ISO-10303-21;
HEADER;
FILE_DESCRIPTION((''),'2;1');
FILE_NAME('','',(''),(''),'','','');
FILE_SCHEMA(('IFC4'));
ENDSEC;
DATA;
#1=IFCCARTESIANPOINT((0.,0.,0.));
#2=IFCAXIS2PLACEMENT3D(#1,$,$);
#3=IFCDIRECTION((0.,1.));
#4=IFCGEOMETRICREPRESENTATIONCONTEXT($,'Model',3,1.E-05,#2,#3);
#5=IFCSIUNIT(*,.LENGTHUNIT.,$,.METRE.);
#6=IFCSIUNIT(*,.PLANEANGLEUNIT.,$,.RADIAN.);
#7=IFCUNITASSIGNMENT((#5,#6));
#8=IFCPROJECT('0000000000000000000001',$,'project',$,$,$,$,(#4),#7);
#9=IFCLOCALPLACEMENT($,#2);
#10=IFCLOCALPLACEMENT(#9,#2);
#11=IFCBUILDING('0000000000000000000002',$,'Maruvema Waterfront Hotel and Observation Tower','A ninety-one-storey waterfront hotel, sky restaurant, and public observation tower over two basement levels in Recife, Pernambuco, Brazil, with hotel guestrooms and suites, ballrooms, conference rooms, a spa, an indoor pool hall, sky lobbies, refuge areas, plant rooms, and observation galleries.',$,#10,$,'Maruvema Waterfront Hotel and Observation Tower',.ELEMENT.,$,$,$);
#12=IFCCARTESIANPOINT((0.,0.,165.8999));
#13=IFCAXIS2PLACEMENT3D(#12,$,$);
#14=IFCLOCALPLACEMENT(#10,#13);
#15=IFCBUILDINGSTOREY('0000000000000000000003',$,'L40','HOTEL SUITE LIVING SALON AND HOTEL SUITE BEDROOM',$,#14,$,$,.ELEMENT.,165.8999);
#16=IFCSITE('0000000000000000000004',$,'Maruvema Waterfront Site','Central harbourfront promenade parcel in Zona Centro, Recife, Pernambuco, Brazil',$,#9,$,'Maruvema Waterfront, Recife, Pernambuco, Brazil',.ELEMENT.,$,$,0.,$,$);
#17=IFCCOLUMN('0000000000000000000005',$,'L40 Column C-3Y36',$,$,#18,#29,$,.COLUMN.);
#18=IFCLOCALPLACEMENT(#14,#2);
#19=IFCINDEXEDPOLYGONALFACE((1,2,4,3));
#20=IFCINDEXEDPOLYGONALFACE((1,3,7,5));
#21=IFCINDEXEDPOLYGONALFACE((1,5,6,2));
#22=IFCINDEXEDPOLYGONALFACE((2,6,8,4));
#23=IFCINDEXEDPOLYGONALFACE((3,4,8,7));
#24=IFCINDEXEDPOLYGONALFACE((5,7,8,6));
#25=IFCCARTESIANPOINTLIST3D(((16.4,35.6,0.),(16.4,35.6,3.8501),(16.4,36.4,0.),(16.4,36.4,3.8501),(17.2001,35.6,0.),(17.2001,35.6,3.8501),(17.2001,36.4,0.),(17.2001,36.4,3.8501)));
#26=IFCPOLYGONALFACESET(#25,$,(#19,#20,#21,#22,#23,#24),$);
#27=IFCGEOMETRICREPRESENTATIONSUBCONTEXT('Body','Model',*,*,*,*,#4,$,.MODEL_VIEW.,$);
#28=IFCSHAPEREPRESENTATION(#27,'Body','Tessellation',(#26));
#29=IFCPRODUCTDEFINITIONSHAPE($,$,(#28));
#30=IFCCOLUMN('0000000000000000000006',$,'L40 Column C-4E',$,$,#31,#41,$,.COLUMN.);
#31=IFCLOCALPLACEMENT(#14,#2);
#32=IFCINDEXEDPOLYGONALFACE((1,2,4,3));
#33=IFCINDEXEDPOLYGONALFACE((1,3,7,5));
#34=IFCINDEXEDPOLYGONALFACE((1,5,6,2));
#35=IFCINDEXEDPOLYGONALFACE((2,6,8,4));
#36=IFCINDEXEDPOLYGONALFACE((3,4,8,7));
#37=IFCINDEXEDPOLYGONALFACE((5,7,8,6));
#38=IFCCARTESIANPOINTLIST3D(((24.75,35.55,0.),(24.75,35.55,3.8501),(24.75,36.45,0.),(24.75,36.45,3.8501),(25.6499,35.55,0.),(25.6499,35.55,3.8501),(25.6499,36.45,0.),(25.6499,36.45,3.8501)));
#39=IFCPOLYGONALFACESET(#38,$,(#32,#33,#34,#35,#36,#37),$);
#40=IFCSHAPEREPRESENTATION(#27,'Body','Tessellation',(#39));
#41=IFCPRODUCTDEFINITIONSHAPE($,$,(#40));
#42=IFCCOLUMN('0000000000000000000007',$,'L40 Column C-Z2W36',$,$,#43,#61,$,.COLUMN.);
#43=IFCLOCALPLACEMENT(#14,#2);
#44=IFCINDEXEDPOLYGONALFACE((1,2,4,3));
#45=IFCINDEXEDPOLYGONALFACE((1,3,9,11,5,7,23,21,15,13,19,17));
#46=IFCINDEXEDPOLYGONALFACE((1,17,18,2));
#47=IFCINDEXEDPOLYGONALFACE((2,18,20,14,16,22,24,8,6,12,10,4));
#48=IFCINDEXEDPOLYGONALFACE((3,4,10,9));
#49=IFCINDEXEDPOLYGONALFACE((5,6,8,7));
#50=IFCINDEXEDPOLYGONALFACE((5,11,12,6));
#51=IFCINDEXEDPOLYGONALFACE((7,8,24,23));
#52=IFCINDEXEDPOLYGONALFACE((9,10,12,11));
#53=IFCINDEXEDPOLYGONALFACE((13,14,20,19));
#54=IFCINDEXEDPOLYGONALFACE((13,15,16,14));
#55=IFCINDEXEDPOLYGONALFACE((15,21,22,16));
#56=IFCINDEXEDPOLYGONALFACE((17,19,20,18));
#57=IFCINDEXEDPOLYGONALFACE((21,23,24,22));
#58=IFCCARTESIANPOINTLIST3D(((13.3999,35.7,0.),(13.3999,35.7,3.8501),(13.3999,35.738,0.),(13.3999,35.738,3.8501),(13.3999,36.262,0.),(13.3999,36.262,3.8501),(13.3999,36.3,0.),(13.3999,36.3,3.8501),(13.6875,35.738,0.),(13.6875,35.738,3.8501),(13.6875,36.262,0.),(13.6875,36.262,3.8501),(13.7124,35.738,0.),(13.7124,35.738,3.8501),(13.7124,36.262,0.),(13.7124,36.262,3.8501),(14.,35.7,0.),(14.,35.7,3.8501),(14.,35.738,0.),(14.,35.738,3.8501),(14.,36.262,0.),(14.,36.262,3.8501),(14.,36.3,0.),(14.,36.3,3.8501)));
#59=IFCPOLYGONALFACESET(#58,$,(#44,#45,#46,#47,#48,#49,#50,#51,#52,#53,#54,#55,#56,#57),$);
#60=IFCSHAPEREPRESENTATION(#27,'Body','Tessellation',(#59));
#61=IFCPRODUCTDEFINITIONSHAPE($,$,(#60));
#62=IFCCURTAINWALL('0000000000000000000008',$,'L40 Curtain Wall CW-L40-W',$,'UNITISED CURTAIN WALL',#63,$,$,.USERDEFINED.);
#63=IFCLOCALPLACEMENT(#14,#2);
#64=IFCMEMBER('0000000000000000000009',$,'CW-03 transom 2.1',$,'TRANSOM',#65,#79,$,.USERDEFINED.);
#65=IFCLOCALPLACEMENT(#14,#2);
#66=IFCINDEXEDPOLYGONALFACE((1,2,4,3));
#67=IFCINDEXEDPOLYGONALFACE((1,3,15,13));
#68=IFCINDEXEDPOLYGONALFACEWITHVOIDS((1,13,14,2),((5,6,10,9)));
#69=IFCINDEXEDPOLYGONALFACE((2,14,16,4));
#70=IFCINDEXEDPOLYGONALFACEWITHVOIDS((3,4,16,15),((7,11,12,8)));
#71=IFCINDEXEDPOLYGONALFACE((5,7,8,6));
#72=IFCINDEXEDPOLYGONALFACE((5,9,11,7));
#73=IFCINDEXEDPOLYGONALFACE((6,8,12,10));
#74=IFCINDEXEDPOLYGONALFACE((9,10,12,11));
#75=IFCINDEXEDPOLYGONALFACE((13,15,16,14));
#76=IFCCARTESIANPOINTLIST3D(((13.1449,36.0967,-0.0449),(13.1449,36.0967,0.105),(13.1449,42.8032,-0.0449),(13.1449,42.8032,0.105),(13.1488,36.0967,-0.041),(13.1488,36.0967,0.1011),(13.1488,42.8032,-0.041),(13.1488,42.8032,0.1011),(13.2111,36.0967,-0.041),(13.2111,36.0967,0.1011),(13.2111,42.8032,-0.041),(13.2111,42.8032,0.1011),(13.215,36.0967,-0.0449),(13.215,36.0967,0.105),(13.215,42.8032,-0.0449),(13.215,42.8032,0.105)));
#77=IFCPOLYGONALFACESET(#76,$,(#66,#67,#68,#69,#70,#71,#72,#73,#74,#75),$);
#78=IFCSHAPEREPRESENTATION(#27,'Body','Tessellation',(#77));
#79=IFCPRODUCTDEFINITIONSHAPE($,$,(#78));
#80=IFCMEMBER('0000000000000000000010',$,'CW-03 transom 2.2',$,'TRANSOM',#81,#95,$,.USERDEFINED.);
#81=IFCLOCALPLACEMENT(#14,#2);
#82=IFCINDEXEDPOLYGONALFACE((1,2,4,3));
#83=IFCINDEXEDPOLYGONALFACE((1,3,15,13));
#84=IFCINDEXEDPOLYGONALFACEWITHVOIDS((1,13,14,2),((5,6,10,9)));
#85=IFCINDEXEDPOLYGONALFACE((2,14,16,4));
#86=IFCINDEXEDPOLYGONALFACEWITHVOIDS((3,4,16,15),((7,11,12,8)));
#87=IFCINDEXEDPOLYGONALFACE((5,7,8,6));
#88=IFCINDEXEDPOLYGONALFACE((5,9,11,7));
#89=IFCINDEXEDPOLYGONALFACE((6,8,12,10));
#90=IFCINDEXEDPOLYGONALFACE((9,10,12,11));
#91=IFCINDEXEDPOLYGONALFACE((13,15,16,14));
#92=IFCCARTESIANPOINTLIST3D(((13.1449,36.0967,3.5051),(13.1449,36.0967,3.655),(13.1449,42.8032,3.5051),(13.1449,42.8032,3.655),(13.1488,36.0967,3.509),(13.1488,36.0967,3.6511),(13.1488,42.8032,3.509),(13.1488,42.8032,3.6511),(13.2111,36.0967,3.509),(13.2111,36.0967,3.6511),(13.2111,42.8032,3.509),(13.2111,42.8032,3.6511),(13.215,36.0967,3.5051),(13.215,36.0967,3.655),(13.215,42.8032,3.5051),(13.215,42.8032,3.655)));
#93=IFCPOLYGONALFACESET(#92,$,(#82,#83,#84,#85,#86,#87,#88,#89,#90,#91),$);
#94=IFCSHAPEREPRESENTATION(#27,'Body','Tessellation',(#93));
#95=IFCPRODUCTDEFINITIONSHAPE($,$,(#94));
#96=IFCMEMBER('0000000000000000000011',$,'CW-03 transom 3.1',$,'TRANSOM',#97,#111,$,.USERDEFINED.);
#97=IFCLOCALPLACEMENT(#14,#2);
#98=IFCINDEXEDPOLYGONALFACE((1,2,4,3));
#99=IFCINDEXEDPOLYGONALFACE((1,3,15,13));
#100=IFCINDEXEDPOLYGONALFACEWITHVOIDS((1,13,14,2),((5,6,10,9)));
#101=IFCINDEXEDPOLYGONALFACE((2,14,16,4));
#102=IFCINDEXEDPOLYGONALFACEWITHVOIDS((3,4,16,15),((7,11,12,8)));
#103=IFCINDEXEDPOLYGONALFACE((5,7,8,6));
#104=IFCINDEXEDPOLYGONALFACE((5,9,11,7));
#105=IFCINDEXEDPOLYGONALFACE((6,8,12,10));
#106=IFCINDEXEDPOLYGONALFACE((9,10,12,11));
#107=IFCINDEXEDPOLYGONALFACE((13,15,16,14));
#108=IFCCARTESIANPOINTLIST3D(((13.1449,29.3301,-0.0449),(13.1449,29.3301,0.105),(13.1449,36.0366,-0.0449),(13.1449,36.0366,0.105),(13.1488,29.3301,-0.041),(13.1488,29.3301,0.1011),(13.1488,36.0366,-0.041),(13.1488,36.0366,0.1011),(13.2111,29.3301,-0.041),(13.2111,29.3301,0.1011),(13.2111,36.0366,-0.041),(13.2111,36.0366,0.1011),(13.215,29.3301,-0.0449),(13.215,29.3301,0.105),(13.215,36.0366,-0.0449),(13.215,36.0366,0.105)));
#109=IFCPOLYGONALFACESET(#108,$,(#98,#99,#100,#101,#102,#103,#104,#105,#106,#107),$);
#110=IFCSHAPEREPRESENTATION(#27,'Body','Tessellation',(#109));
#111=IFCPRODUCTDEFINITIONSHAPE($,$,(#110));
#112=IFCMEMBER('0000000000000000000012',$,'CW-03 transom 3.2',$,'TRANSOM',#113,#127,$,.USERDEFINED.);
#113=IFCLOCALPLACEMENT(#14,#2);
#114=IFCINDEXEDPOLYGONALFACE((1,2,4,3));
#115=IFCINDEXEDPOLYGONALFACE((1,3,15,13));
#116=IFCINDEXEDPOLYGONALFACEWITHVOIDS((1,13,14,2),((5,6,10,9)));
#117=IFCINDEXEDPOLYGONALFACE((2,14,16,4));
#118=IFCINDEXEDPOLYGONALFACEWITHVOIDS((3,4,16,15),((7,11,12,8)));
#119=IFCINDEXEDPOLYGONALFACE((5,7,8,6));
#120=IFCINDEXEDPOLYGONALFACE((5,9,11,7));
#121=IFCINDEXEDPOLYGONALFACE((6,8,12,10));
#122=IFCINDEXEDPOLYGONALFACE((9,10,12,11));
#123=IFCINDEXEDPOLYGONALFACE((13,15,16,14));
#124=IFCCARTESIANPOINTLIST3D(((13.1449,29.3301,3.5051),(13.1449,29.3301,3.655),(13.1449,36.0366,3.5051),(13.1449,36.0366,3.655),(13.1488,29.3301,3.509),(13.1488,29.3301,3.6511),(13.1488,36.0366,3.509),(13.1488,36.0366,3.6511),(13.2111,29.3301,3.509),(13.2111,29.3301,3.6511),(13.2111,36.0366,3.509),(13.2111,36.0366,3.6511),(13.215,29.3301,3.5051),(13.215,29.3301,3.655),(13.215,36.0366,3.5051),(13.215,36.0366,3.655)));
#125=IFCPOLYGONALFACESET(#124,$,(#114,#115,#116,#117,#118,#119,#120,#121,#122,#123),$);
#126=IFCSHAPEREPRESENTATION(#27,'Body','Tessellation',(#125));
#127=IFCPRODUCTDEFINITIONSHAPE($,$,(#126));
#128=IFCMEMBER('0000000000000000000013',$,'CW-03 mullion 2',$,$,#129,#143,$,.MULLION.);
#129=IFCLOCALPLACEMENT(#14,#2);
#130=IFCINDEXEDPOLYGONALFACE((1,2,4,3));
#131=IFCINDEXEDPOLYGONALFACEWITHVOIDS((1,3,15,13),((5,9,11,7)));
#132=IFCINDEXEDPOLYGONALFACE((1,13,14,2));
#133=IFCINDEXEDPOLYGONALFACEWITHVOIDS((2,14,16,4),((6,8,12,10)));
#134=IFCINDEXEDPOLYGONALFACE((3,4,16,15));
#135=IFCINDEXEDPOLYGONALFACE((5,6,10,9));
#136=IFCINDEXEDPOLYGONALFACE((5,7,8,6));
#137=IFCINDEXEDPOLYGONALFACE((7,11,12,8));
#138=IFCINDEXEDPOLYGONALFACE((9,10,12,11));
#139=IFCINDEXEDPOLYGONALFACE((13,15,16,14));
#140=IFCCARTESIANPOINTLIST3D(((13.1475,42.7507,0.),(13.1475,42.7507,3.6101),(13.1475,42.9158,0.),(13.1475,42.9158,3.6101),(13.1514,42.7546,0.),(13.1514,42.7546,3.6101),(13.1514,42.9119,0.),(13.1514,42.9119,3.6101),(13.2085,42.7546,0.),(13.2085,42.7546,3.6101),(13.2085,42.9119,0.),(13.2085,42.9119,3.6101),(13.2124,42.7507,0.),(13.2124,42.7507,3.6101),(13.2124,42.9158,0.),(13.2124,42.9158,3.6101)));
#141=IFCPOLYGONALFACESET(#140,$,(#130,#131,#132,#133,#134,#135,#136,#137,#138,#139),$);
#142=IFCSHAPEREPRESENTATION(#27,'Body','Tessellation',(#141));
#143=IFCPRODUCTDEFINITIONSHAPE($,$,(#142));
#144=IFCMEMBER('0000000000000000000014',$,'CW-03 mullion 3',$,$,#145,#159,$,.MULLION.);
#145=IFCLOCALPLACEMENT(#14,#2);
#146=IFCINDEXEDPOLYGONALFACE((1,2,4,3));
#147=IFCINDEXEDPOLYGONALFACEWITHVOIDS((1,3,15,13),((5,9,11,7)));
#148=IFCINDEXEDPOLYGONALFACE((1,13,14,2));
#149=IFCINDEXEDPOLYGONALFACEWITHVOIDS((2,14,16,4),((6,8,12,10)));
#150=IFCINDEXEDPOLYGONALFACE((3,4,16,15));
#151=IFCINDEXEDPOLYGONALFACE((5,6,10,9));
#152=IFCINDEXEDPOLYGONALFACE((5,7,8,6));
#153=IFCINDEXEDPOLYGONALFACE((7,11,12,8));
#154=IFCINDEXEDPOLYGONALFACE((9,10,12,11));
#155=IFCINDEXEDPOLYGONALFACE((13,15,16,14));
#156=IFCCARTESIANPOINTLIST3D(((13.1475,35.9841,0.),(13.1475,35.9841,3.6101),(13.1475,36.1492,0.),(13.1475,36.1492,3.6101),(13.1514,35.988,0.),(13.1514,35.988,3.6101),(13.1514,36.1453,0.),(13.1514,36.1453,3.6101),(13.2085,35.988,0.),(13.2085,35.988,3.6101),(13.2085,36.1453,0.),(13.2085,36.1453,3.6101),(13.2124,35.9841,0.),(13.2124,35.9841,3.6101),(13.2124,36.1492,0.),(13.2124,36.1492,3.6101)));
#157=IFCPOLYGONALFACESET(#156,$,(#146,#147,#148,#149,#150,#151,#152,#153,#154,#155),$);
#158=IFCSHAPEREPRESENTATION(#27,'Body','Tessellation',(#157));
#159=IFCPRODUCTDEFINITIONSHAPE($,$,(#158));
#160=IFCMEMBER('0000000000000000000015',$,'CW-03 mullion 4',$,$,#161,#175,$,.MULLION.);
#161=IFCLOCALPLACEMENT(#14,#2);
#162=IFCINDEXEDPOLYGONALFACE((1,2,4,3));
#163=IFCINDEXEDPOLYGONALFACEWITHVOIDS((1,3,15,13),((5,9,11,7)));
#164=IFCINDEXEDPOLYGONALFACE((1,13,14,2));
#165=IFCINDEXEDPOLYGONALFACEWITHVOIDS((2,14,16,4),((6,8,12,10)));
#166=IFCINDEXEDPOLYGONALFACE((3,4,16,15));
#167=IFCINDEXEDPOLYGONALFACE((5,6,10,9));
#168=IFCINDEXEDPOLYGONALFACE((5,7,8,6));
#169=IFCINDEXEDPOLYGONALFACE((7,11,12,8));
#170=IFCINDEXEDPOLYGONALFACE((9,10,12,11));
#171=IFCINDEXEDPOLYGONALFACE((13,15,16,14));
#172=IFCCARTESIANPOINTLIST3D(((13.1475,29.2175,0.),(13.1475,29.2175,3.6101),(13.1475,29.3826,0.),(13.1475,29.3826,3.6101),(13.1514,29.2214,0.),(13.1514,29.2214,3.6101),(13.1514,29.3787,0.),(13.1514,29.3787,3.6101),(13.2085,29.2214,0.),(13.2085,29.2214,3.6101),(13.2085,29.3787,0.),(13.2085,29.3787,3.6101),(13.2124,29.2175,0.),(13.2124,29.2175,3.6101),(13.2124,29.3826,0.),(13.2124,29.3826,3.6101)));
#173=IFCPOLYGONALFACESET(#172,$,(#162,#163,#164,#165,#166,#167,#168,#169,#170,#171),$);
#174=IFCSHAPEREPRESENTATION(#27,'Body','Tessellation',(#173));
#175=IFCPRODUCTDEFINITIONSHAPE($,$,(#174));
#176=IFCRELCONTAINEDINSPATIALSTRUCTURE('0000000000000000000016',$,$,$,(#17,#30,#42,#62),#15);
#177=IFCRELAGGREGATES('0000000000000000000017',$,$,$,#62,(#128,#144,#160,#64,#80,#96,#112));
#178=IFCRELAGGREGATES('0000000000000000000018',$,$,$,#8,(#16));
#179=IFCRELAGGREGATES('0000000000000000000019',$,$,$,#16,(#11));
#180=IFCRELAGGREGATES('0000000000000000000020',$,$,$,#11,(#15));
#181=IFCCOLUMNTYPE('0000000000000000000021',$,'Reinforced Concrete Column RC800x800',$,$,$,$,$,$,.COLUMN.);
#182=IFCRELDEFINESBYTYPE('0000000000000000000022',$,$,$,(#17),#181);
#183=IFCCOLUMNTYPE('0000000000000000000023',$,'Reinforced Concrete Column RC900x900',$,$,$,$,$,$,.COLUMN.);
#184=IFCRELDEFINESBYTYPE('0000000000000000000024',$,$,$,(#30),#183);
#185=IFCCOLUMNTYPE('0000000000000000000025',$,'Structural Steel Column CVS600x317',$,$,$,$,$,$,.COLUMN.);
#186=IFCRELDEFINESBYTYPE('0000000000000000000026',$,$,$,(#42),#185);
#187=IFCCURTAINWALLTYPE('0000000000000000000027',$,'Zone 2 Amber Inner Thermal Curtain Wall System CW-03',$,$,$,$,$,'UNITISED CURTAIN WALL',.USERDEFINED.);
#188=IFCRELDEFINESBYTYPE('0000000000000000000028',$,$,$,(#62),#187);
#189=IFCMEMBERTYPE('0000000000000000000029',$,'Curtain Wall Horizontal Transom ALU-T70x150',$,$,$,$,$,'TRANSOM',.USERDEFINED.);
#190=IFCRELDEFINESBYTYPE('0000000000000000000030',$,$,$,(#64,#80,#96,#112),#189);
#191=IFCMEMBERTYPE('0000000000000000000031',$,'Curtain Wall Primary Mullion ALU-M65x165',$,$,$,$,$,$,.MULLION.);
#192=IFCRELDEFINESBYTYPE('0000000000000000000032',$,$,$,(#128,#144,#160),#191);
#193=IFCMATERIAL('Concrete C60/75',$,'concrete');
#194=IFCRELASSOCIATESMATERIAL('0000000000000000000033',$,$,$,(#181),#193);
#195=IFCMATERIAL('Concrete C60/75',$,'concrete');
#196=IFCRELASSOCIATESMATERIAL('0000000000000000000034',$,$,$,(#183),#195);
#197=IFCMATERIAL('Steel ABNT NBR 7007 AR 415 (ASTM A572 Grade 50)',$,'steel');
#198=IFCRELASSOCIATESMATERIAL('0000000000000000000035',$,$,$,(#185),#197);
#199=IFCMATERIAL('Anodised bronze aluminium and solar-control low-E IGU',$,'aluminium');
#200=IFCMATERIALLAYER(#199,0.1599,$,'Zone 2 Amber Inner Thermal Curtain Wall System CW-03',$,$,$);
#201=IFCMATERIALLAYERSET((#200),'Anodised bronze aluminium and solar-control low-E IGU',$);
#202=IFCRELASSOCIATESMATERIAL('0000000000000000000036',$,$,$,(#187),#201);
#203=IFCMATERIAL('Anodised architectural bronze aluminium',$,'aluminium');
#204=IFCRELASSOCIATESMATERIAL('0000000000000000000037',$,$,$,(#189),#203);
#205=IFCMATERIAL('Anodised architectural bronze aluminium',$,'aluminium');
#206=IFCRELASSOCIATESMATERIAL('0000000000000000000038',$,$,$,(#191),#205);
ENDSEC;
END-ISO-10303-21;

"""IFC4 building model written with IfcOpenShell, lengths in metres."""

from ifc_helpers import new_model, si_unit, direction, frame, origin, origin_2d, place, context, subcontext, project, spatial, rectangle, hollow_rectangle, i_section, extrude, material, layer, layer_set, material_profile, profile_set, type_object, element, aggregate, save


model = new_model("IFC4")

# Units and contexts
model_context = context("Model", 3, precision=1e-05, world=origin(), true_north=direction((0.0, 1.0)))
body_context = subcontext(model_context, "Body", "Model", "MODEL_VIEW")
ifc_project = project(units=[si_unit("LENGTHUNIT", "METRE"), si_unit("PLANEANGLEUNIT", "RADIAN")], contexts=[model_context])

# Site, building, storey
site_placement = place(None, origin())
site = spatial("IfcSite", under=ifc_project, at=site_placement, Name="Maruvema Waterfront Site", Description="Central harbourfront promenade parcel in Zona Centro, Recife, Pernambuco, Brazil", LongName="Maruvema Waterfront, Recife, Pernambuco, Brazil", CompositionType="ELEMENT", RefElevation=0.0)
building_placement = place(site_placement, origin())
building = spatial("IfcBuilding", under=site, at=building_placement, Name="Maruvema Waterfront Hotel and Observation Tower", Description="A ninety-one-storey waterfront hotel, sky restaurant, and public observation tower over two basement levels in Recife, Pernambuco, Brazil, with hotel guestrooms and suites, ballrooms, conference rooms, a spa, an indoor pool hall, sky lobbies, refuge areas, plant rooms, and observation galleries.", LongName="Maruvema Waterfront Hotel and Observation Tower", CompositionType="ELEMENT")
storey_placement = place(building_placement, frame((0.0, 0.0, 165.8999)))
storey = spatial("IfcBuildingStorey", under=building, at=storey_placement, Name="L40", Description="HOTEL SUITE LIVING SALON AND HOTEL SUITE BEDROOM", CompositionType="ELEMENT", Elevation=165.8999)

# Columns
ifc_material_1 = material(Name="Concrete C60/75", Category="concrete")
ifc_material_profile_1 = material_profile(ifc_material_1, rectangle(XDim=0.8, YDim=0.8, at=origin_2d()), Name="RC800x800")
ifc_profile_set_1 = profile_set([ifc_material_profile_1], Name="Concrete C60/75")
column_type_1 = type_object("IfcColumnType", Name="Reinforced Concrete Column RC800x800", PredefinedType="COLUMN", material=ifc_profile_set_1)
column_1_placement = place(storey_placement, frame((16.8, 36.0, 0.0), z_axis=(0.0, 0.0, 1.0), x_axis=(1.0, 0.0, 0.0)))
element("IfcColumn", 1, at=column_1_placement, inside=storey, type_object=column_type_1, Name="L40 Column C-3Y36", PredefinedType="COLUMN", context=body_context, shape_type="SweptSolid", body=[
    extrude(rectangle(XDim=0.8, YDim=0.8, at=origin_2d()), origin(), (0.0, 0.0, 1.0), 3.8501),
])
ifc_material_2 = material(Name="Concrete C60/75", Category="concrete")
ifc_material_profile_2 = material_profile(ifc_material_2, rectangle(XDim=0.8999, YDim=0.8999, at=origin_2d()), Name="RC900x900")
ifc_profile_set_2 = profile_set([ifc_material_profile_2], Name="Concrete C60/75")
column_type_2 = type_object("IfcColumnType", Name="Reinforced Concrete Column RC900x900", PredefinedType="COLUMN", material=ifc_profile_set_2)
column_2_placement = place(storey_placement, frame((25.2, 36.0, 0.0), z_axis=(0.0, 0.0, 1.0), x_axis=(1.0, 0.0, 0.0)))
element("IfcColumn", 2, at=column_2_placement, inside=storey, type_object=column_type_2, Name="L40 Column C-4E", PredefinedType="COLUMN", context=body_context, shape_type="SweptSolid", body=[
    extrude(rectangle(XDim=0.8999, YDim=0.8999, at=origin_2d()), origin(), (0.0, 0.0, 1.0), 3.8501),
])
ifc_material_3 = material(Name="Steel ABNT NBR 7007 AR 415 (ASTM A572 Grade 50)", Category="steel")
ifc_material_profile_3 = material_profile(ifc_material_3, i_section(OverallWidth=0.6001, OverallDepth=0.6001, WebThickness=0.0249, FlangeThickness=0.0381, at=origin_2d()), Name="CVS600x317")
ifc_profile_set_3 = profile_set([ifc_material_profile_3], Name="Steel ABNT NBR 7007 AR 415 (ASTM A572 Grade 50)")
column_type_3 = type_object("IfcColumnType", Name="Structural Steel Column CVS600x317", PredefinedType="COLUMN", material=ifc_profile_set_3)
column_3_placement = place(storey_placement, frame((13.7, 36.0, 0.0), z_axis=(0.0, 0.0, 1.0), x_axis=(1.0, 0.0, 0.0)))
element("IfcColumn", 3, at=column_3_placement, inside=storey, type_object=column_type_3, Name="L40 Column C-Z2W36", PredefinedType="COLUMN", context=body_context, shape_type="SweptSolid", body=[
    extrude(i_section(OverallWidth=0.6001, OverallDepth=0.6001, WebThickness=0.0249, FlangeThickness=0.0381, at=origin_2d()), origin(), (0.0, 0.0, 1.0), 3.8501),
])

# Curtain wall, members
ifc_material_4 = material(Name="Anodised bronze aluminium and solar-control low-E IGU", Category="aluminium")
ifc_layer_1 = layer(ifc_material_4, 0.1599, Name="Zone 2 Amber Inner Thermal Curtain Wall System CW-03")
ifc_layer_set_1 = layer_set([ifc_layer_1], Name="Anodised bronze aluminium and solar-control low-E IGU")
curtain_wall_type = type_object("IfcCurtainWallType", Name="Zone 2 Amber Inner Thermal Curtain Wall System CW-03", ElementType="UNITISED CURTAIN WALL", PredefinedType="USERDEFINED", material=ifc_layer_set_1)
curtain_wall_placement = place(storey_placement, origin())
curtain_wall = element("IfcCurtainWall", 4, at=curtain_wall_placement, inside=storey, type_object=curtain_wall_type, Name="L40 Curtain Wall CW-L40-W", ObjectType="UNITISED CURTAIN WALL", PredefinedType="USERDEFINED")
ifc_material_5 = material(Name="Anodised architectural bronze aluminium", Category="aluminium")
ifc_material_profile_4 = material_profile(ifc_material_5, hollow_rectangle(XDim=0.0701, YDim=0.1499, WallThickness=0.0039, at=origin_2d()), Name="ALU-T70x150")
ifc_profile_set_4 = profile_set([ifc_material_profile_4], Name="Anodised architectural bronze aluminium")
member_type_1 = type_object("IfcMemberType", Name="Curtain Wall Horizontal Transom ALU-T70x150", ElementType="TRANSOM", PredefinedType="USERDEFINED", material=ifc_profile_set_4)
member_1_placement = place(storey_placement, frame((13.1799, 42.8032, 0.03), z_axis=(0.0, -1.0, 0.0), x_axis=(1.0, 0.0, 0.0)))
member_1 = element("IfcMember", 5, at=member_1_placement, type_object=member_type_1, Name="CW-03 transom 2.1", ObjectType="TRANSOM", PredefinedType="USERDEFINED", context=body_context, shape_type="SweptSolid", body=[
    extrude(hollow_rectangle(XDim=0.0701, YDim=0.1499, WallThickness=0.0039, at=origin_2d()), origin(), (0.0, 0.0, 1.0), 6.7065),
])
member_2_placement = place(storey_placement, frame((13.1799, 42.8032, 3.5801), z_axis=(0.0, -1.0, 0.0), x_axis=(1.0, 0.0, 0.0)))
member_2 = element("IfcMember", 6, at=member_2_placement, type_object=member_type_1, Name="CW-03 transom 2.2", ObjectType="TRANSOM", PredefinedType="USERDEFINED", context=body_context, shape_type="SweptSolid", body=[
    extrude(hollow_rectangle(XDim=0.0701, YDim=0.1499, WallThickness=0.0039, at=origin_2d()), origin(), (0.0, 0.0, 1.0), 6.7065),
])
member_3_placement = place(storey_placement, frame((13.1799, 36.0366, 0.03), z_axis=(0.0, -1.0, 0.0), x_axis=(1.0, 0.0, 0.0)))
member_3 = element("IfcMember", 7, at=member_3_placement, type_object=member_type_1, Name="CW-03 transom 3.1", ObjectType="TRANSOM", PredefinedType="USERDEFINED", context=body_context, shape_type="SweptSolid", body=[
    extrude(hollow_rectangle(XDim=0.0701, YDim=0.1499, WallThickness=0.0039, at=origin_2d()), origin(), (0.0, 0.0, 1.0), 6.7065),
])
member_4_placement = place(storey_placement, frame((13.1799, 36.0366, 3.5801), z_axis=(0.0, -1.0, 0.0), x_axis=(1.0, 0.0, 0.0)))
member_4 = element("IfcMember", 8, at=member_4_placement, type_object=member_type_1, Name="CW-03 transom 3.2", ObjectType="TRANSOM", PredefinedType="USERDEFINED", context=body_context, shape_type="SweptSolid", body=[
    extrude(hollow_rectangle(XDim=0.0701, YDim=0.1499, WallThickness=0.0039, at=origin_2d()), origin(), (0.0, 0.0, 1.0), 6.7065),
])
ifc_material_6 = material(Name="Anodised architectural bronze aluminium", Category="aluminium")
ifc_material_profile_5 = material_profile(ifc_material_6, hollow_rectangle(XDim=0.0649, YDim=0.165, WallThickness=0.0039, at=origin_2d()), Name="ALU-M65x165")
ifc_profile_set_5 = profile_set([ifc_material_profile_5], Name="Anodised architectural bronze aluminium")
member_type_2 = type_object("IfcMemberType", Name="Curtain Wall Primary Mullion ALU-M65x165", PredefinedType="MULLION", material=ifc_profile_set_5)
member_5_placement = place(storey_placement, frame((13.1799, 42.8333, 0.0), z_axis=(0.0, 0.0, 1.0), x_axis=(1.0, 0.0, 0.0)))
member_5 = element("IfcMember", 9, at=member_5_placement, type_object=member_type_2, Name="CW-03 mullion 2", PredefinedType="MULLION", context=body_context, shape_type="SweptSolid", body=[
    extrude(hollow_rectangle(XDim=0.0649, YDim=0.165, WallThickness=0.0039, at=origin_2d()), origin(), (0.0, 0.0, 1.0), 3.6101),
])
member_6_placement = place(storey_placement, frame((13.1799, 36.0667, 0.0), z_axis=(0.0, 0.0, 1.0), x_axis=(1.0, 0.0, 0.0)))
member_6 = element("IfcMember", 10, at=member_6_placement, type_object=member_type_2, Name="CW-03 mullion 3", PredefinedType="MULLION", context=body_context, shape_type="SweptSolid", body=[
    extrude(hollow_rectangle(XDim=0.0649, YDim=0.165, WallThickness=0.0039, at=origin_2d()), origin(), (0.0, 0.0, 1.0), 3.6101),
])
member_7_placement = place(storey_placement, frame((13.1799, 29.3, 0.0), z_axis=(0.0, 0.0, 1.0), x_axis=(1.0, 0.0, 0.0)))
member_7 = element("IfcMember", 11, at=member_7_placement, type_object=member_type_2, Name="CW-03 mullion 4", PredefinedType="MULLION", context=body_context, shape_type="SweptSolid", body=[
    extrude(hollow_rectangle(XDim=0.0649, YDim=0.165, WallThickness=0.0039, at=origin_2d()), origin(), (0.0, 0.0, 1.0), 3.6101),
])

aggregate(curtain_wall, [member_5, member_6, member_7, member_1, member_2, member_3, member_4])

save(model, "model.ifc")
